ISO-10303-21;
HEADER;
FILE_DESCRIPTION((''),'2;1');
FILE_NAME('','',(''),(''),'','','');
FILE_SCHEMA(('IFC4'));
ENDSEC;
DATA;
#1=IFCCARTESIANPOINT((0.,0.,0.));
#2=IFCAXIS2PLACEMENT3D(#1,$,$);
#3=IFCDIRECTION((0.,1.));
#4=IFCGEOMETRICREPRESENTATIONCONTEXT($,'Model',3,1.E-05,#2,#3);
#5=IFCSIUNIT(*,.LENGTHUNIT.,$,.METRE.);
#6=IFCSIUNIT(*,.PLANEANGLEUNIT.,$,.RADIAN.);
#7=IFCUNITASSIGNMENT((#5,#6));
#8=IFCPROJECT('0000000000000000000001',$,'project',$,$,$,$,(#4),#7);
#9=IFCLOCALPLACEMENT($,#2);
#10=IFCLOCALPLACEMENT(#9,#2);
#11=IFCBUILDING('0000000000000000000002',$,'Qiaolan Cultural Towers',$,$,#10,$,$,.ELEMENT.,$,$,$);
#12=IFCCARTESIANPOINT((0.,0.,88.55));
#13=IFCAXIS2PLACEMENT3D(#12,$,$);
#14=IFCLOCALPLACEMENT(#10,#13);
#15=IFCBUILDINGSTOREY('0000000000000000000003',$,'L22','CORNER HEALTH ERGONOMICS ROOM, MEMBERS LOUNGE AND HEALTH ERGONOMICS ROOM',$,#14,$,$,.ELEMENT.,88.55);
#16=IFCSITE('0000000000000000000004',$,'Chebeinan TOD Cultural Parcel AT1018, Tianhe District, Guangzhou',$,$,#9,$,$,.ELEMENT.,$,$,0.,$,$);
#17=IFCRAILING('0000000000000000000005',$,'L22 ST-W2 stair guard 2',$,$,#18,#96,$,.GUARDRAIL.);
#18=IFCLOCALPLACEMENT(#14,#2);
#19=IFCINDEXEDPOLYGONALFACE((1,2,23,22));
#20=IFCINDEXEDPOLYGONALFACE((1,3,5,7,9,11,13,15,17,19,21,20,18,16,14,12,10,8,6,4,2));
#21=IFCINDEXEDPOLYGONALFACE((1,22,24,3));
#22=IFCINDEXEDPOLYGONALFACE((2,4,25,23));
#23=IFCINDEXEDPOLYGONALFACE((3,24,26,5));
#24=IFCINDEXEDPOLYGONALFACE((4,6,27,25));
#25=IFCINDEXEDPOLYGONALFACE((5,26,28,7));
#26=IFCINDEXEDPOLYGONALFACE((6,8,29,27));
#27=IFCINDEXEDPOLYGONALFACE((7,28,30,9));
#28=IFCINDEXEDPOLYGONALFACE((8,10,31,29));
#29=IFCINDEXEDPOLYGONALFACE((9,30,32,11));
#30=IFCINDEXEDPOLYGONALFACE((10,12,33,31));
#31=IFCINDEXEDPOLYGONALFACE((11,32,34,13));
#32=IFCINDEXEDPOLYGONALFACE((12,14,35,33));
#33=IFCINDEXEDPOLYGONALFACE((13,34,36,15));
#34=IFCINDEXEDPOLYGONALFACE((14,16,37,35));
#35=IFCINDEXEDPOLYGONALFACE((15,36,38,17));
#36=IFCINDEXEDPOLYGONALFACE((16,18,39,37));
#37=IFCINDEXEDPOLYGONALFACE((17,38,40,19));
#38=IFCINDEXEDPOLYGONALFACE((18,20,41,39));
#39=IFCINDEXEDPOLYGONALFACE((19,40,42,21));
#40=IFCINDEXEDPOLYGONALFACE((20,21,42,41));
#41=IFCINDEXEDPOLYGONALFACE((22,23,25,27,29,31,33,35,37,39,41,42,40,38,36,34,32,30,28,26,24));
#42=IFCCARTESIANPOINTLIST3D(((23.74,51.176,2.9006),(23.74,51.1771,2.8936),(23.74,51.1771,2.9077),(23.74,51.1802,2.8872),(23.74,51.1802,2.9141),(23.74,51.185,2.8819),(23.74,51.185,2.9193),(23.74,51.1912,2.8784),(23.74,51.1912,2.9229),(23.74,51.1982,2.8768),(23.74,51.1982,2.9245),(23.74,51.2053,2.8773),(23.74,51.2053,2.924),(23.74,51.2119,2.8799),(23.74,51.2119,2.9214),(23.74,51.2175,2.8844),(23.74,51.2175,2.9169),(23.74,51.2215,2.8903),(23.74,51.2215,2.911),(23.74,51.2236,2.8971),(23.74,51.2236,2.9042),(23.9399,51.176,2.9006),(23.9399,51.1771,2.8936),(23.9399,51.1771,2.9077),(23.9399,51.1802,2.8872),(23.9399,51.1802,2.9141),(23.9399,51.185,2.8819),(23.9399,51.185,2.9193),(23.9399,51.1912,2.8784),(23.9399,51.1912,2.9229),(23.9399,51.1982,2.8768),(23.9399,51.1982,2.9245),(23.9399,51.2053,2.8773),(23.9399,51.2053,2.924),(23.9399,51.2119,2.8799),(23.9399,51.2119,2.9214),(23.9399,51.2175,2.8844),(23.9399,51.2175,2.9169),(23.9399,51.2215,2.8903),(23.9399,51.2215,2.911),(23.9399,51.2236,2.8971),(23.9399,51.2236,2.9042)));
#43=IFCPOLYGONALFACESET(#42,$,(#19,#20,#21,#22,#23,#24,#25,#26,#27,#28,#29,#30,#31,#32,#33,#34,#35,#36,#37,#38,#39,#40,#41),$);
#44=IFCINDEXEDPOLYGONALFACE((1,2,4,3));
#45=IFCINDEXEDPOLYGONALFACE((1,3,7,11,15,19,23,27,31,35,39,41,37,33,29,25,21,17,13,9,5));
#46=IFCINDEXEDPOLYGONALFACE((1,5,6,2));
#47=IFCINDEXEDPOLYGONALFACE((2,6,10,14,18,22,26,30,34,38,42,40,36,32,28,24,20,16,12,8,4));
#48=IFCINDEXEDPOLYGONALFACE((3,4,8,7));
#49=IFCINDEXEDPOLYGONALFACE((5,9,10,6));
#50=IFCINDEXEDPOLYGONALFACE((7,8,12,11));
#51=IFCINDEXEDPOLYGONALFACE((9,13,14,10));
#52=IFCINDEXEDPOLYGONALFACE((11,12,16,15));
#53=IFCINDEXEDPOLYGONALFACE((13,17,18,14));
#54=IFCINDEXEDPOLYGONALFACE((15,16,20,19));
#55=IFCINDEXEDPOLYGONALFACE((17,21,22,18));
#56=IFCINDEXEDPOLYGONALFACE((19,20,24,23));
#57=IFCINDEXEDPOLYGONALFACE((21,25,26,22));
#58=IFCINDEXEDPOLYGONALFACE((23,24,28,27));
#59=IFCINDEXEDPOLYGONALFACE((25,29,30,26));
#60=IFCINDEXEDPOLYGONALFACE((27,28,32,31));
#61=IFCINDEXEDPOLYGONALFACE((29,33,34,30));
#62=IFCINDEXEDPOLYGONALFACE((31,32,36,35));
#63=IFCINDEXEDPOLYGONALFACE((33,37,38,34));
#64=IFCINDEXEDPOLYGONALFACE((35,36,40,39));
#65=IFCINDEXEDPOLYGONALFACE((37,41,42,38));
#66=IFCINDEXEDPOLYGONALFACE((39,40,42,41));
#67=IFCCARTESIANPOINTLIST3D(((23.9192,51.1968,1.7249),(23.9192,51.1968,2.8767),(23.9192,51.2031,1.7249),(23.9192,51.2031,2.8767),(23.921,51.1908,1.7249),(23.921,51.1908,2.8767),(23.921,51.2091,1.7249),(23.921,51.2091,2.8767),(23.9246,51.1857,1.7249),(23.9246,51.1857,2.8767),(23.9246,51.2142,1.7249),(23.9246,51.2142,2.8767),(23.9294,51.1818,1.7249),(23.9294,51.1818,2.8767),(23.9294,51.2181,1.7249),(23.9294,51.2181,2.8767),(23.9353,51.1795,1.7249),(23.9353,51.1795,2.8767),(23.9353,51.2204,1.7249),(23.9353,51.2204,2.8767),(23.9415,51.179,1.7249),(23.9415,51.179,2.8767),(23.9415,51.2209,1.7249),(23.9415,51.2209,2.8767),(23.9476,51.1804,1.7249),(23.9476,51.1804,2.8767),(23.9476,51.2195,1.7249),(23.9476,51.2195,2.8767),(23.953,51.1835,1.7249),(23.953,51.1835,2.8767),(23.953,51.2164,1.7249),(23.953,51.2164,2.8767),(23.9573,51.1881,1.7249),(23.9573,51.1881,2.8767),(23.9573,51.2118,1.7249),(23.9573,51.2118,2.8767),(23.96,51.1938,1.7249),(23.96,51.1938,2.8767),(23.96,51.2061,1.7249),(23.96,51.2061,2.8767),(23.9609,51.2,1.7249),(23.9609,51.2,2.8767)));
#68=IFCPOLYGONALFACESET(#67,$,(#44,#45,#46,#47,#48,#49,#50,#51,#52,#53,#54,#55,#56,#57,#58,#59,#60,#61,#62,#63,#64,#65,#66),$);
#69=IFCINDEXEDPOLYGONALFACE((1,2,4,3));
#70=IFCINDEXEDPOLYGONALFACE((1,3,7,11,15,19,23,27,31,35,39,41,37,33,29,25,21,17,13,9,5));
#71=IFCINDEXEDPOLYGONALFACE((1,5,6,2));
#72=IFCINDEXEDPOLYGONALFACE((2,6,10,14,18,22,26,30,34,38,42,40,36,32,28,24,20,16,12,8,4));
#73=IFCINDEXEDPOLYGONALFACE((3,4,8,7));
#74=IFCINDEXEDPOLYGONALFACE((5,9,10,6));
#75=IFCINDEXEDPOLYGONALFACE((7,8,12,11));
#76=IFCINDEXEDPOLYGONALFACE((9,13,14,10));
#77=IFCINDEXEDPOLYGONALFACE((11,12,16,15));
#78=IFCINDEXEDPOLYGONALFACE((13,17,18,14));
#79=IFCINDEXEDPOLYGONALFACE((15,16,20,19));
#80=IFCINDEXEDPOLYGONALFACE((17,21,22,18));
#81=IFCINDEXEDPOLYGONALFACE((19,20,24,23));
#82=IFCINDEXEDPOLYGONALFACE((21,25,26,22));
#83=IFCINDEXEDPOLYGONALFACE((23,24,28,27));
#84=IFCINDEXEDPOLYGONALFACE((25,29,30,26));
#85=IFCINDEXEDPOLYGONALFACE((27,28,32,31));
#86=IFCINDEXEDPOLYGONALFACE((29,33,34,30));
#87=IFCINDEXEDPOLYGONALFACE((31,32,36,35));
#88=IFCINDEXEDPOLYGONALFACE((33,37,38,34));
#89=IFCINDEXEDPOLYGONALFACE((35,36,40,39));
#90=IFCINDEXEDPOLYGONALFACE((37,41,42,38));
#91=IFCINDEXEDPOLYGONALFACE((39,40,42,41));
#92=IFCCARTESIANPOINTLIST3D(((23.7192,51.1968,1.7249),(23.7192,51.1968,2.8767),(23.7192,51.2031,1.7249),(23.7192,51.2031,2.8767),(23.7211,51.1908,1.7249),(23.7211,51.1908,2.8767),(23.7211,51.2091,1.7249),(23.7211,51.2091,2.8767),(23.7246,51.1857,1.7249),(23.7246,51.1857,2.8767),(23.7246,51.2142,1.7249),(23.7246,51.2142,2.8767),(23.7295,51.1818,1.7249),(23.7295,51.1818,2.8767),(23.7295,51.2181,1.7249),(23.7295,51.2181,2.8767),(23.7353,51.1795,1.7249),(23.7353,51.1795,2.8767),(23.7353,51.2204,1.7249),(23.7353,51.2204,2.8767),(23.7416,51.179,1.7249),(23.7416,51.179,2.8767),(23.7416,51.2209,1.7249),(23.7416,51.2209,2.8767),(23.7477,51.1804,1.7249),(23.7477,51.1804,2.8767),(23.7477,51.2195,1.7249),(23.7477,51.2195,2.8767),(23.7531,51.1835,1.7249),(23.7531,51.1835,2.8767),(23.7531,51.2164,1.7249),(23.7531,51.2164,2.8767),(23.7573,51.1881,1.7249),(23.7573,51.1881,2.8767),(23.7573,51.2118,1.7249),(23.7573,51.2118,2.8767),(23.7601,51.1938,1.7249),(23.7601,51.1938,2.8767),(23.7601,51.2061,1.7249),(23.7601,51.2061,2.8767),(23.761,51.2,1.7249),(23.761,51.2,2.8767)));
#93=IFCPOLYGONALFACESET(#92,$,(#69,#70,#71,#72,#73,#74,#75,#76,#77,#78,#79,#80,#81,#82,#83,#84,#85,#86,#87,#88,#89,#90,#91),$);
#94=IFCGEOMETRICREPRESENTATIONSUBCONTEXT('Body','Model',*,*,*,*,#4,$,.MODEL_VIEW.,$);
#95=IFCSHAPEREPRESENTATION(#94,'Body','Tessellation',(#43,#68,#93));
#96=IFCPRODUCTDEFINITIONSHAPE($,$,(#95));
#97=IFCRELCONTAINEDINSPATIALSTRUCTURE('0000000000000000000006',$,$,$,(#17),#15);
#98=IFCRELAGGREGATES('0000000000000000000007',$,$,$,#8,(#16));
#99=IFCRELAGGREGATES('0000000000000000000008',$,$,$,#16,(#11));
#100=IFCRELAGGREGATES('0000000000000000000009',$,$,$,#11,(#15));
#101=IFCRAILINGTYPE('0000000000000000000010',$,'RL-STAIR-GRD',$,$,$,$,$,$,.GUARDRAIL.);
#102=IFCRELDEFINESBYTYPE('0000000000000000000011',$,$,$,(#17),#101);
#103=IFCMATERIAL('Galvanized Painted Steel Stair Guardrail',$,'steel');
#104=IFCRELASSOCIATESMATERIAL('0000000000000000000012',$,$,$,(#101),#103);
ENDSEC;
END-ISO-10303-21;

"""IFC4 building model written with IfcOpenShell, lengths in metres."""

from ifc_helpers import new_model, si_unit, direction, frame, origin, origin_2d, place, context, subcontext, project, spatial, circle, extrude, material, type_object, element, save


model = new_model("IFC4")

# Units and contexts
model_context = context("Model", 3, precision=1e-05, world=origin(), true_north=direction((0.0, 1.0)))
body_context = subcontext(model_context, "Body", "Model", "MODEL_VIEW")
ifc_project = project(units=[si_unit("LENGTHUNIT", "METRE"), si_unit("PLANEANGLEUNIT", "RADIAN")], contexts=[model_context])

# Site, building, storey
site_placement = place(None, origin())
site = spatial("IfcSite", under=ifc_project, at=site_placement, Name="Chebeinan TOD Cultural Parcel AT1018, Tianhe District, Guangzhou", CompositionType="ELEMENT", RefElevation=0.0)
building_placement = place(site_placement, origin())
building = spatial("IfcBuilding", under=site, at=building_placement, Name="Qiaolan Cultural Towers", CompositionType="ELEMENT")
storey_placement = place(building_placement, frame((0.0, 0.0, 88.55)))
storey = spatial("IfcBuildingStorey", under=building, at=storey_placement, Name="L22", Description="CORNER HEALTH ERGONOMICS ROOM, MEMBERS LOUNGE AND HEALTH ERGONOMICS ROOM", CompositionType="ELEMENT", Elevation=88.55)

# Railing
ifc_material_1 = material(Name="Galvanized Painted Steel Stair Guardrail", Category="steel")
railing_type_1 = type_object("IfcRailingType", Name="RL-STAIR-GRD", PredefinedType="GUARDRAIL", material=ifc_material_1)
railing_1_placement = place(storey_placement, frame((23.9399, 51.2, 1.7249)))
element("IfcRailing", 1, at=railing_1_placement, inside=storey, type_object=railing_type_1, Name="L22 ST-W2 stair guard 2", PredefinedType="GUARDRAIL", context=body_context, shape_type="SweptSolid", body=[
    extrude(circle(Radius=0.0239, at=origin_2d()), frame((0.0, 0.0, 1.1758), z_axis=(-1.0, 0.0, 0.0), x_axis=(0.0, -1.0, 0.0)), (0.0, 0.0, 1.0), 0.2),
    extrude(circle(Radius=0.021, at=origin_2d()), origin(), (0.0, 0.0, 1.0), 1.1519),
    extrude(circle(Radius=0.021, at=origin_2d()), frame((-0.2, 0.0, 0.0)), (0.0, 0.0, 1.0), 1.1519),
])

save(model, "model.ifc")
